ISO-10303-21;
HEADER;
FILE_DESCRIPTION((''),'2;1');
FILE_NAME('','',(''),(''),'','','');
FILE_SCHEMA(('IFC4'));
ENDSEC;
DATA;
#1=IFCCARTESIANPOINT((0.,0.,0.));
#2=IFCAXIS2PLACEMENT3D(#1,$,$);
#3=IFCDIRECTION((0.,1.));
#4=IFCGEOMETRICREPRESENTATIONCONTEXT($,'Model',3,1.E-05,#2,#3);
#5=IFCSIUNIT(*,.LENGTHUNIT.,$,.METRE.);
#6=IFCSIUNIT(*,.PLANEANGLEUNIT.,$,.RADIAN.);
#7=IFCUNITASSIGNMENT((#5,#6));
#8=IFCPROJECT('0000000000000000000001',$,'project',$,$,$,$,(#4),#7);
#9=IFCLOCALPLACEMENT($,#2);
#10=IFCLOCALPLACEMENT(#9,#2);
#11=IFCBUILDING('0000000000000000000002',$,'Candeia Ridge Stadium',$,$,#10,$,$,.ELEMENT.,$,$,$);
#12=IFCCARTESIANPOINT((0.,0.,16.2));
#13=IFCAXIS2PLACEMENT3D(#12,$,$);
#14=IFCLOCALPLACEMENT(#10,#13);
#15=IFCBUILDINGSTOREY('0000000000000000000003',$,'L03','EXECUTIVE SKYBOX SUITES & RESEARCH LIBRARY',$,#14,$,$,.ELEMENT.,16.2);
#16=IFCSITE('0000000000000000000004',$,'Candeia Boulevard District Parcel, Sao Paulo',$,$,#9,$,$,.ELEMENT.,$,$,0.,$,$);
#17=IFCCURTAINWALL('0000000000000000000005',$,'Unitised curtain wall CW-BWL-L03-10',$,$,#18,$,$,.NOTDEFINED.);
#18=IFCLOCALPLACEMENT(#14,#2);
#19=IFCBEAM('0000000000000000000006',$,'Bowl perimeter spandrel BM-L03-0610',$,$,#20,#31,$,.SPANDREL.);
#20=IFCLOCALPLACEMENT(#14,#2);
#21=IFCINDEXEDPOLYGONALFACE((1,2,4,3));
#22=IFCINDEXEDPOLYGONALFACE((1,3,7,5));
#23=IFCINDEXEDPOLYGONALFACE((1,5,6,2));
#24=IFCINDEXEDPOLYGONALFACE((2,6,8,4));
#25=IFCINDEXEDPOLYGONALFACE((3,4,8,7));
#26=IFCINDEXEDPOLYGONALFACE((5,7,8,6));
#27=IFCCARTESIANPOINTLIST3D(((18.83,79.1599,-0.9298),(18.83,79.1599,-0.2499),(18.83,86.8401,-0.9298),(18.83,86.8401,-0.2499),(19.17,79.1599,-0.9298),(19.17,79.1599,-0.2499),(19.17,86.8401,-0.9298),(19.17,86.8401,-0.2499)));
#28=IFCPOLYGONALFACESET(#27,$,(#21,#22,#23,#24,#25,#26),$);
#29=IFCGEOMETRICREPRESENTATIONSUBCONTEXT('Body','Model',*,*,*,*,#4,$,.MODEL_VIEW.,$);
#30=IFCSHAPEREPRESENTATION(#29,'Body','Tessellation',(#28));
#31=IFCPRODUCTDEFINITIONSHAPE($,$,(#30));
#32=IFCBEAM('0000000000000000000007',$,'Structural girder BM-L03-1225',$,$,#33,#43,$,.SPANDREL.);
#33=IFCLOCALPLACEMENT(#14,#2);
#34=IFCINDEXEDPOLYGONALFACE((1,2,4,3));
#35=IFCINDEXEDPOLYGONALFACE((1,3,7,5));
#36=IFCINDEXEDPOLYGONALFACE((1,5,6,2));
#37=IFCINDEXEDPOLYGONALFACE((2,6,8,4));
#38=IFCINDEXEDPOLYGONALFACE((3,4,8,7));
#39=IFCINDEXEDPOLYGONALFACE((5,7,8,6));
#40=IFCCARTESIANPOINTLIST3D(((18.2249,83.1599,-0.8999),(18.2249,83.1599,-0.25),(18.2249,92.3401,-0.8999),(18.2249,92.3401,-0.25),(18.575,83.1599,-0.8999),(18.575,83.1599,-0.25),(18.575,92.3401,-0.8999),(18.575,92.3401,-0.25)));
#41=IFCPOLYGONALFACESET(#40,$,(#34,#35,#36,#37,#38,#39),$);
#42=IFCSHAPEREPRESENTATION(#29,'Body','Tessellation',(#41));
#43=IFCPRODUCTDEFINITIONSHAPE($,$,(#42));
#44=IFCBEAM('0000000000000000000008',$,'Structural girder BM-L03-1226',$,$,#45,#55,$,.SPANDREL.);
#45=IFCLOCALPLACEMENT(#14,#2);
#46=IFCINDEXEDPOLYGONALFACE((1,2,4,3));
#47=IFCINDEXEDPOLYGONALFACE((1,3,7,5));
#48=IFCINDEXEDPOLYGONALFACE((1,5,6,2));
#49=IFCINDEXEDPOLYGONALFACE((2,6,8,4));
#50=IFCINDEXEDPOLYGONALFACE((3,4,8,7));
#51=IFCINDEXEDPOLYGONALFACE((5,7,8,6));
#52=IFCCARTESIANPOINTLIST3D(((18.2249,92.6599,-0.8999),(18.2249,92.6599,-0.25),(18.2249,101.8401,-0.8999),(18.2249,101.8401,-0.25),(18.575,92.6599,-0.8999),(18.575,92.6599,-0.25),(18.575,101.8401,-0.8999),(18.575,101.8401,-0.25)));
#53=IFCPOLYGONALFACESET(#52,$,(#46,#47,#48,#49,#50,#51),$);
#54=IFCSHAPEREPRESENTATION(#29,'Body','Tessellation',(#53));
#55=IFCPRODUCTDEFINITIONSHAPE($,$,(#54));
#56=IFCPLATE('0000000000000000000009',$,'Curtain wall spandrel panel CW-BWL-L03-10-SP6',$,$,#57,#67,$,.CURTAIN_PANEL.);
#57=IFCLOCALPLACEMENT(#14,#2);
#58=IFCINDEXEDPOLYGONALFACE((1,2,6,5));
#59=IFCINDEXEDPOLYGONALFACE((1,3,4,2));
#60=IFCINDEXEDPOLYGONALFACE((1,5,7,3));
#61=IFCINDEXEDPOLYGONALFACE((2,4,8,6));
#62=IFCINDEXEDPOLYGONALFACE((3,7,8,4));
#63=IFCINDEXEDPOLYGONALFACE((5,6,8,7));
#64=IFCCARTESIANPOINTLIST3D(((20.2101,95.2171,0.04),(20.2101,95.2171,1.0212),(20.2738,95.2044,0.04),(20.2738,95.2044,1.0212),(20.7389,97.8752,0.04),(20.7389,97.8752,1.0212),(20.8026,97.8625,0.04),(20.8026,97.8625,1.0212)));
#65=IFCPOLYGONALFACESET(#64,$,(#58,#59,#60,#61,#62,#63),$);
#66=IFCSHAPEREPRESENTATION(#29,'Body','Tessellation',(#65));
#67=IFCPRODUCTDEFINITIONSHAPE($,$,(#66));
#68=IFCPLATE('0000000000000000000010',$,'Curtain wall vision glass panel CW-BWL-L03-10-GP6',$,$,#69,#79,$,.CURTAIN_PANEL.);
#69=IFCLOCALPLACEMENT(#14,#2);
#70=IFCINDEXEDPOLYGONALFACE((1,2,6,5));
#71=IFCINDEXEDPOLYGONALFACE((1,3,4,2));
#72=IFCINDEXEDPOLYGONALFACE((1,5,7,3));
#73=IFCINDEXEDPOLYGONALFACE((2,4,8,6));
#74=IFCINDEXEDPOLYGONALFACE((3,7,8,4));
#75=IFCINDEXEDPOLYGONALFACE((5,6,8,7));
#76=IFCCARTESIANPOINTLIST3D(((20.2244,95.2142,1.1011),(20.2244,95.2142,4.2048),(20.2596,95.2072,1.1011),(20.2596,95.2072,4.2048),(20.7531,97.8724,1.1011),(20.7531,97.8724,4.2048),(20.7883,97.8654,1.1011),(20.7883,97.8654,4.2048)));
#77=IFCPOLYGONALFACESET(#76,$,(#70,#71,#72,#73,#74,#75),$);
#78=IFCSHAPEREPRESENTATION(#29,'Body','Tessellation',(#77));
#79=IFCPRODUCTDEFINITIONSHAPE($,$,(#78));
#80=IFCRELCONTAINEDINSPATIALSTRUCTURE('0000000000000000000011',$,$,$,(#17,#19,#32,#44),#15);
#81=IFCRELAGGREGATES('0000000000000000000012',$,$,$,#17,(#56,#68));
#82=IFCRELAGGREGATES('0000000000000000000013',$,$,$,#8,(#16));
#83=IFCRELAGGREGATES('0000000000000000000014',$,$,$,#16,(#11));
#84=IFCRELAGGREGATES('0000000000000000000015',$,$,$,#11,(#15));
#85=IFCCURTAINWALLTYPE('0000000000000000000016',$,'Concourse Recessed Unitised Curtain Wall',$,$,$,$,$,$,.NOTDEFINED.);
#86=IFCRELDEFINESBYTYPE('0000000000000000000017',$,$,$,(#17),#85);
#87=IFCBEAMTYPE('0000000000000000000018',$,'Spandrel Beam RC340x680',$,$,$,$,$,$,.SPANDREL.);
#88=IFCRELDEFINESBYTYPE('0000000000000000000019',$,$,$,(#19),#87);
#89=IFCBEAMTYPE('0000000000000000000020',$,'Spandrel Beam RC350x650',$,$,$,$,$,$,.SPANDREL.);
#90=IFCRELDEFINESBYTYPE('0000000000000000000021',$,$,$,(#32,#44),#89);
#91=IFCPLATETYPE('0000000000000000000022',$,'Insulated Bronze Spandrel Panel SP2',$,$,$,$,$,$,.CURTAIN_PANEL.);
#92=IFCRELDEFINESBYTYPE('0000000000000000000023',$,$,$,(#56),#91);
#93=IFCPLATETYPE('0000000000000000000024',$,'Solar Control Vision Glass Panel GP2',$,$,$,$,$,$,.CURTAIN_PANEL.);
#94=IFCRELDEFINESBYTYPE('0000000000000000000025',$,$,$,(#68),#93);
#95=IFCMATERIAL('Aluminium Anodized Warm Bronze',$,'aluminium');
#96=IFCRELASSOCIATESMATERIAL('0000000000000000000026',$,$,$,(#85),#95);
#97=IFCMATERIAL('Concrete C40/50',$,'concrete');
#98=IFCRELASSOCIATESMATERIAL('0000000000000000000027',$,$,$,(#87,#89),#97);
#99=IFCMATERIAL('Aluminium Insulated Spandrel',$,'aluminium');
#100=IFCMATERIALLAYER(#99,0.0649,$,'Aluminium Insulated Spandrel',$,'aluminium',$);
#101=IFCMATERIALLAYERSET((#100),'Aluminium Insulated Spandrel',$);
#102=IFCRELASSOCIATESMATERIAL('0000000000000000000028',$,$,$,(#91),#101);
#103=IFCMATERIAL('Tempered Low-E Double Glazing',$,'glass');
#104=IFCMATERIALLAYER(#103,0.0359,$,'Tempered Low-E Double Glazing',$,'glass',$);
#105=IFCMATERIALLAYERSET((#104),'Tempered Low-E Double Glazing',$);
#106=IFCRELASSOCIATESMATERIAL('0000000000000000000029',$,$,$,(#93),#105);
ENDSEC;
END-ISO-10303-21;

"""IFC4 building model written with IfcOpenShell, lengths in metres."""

from ifc_helpers import new_model, si_unit, direction, frame, origin, origin_2d, place, context, subcontext, project, spatial, rectangle, extrude, material, layer, layer_set, material_profile, profile_set, type_object, element, aggregate, save


model = new_model("IFC4")

# Units and contexts
model_context = context("Model", 3, precision=1e-05, world=origin(), true_north=direction((0.0, 1.0)))
body_context = subcontext(model_context, "Body", "Model", "MODEL_VIEW")
ifc_project = project(units=[si_unit("LENGTHUNIT", "METRE"), si_unit("PLANEANGLEUNIT", "RADIAN")], contexts=[model_context])

# Site, building, storey
site_placement = place(None, origin())
site = spatial("IfcSite", under=ifc_project, at=site_placement, Name="Candeia Boulevard District Parcel, Sao Paulo", CompositionType="ELEMENT", RefElevation=0.0)
building_placement = place(site_placement, origin())
building = spatial("IfcBuilding", under=site, at=building_placement, Name="Candeia Ridge Stadium", CompositionType="ELEMENT")
storey_placement = place(building_placement, frame((0.0, 0.0, 16.2)))
storey = spatial("IfcBuildingStorey", under=building, at=storey_placement, Name="L03", Description="EXECUTIVE SKYBOX SUITES & RESEARCH LIBRARY", CompositionType="ELEMENT", Elevation=16.2)

# Shared definitions
ifc_material_1 = material(Name="Concrete C40/50", Category="concrete")

# Curtain wall
ifc_material_2 = material(Name="Aluminium Anodized Warm Bronze", Category="aluminium")
curtain_wall_type = type_object("IfcCurtainWallType", Name="Concourse Recessed Unitised Curtain Wall", PredefinedType="NOTDEFINED", material=ifc_material_2)
curtain_wall_placement = place(storey_placement, origin())
curtain_wall = element("IfcCurtainWall", 1, at=curtain_wall_placement, inside=storey, type_object=curtain_wall_type, Name="Unitised curtain wall CW-BWL-L03-10", PredefinedType="NOTDEFINED")

# Beams
ifc_material_profile_1 = material_profile(ifc_material_1, rectangle(XDim=0.3401, YDim=0.6799, at=origin_2d()), Name="RC340x680", Category="concrete")
ifc_profile_set_1 = profile_set([ifc_material_profile_1], Name="Concrete C40/50")
beam_type_1 = type_object("IfcBeamType", Name="Spandrel Beam RC340x680", PredefinedType="SPANDREL", material=ifc_profile_set_1)
for number, where, z_axis, x_axis, name in (
    (2, (19.0, 86.8401, -0.5898), (0.0, -1.0, 0.0), (1.0, 0.0, 0.0), "Bowl perimeter spandrel BM-L03-0610"),
):
    element("IfcBeam", number, at=place(storey_placement, frame(where, z_axis=z_axis, x_axis=x_axis)), inside=storey, type_object=beam_type_1, Name=name, PredefinedType="SPANDREL", context=body_context, shape_type="SweptSolid", body=[
        extrude(rectangle(XDim=0.3401, YDim=0.6799, at=origin_2d()), origin(), (0.0, 0.0, 1.0), 7.6802),
    ])
ifc_material_profile_2 = material_profile(ifc_material_1, rectangle(XDim=0.3501, YDim=0.6499, at=origin_2d()), Name="RC350x650", Category="concrete")
ifc_profile_set_2 = profile_set([ifc_material_profile_2], Name="Concrete C40/50")
beam_type_2 = type_object("IfcBeamType", Name="Spandrel Beam RC350x650", PredefinedType="SPANDREL", material=ifc_profile_set_2)
for number, where, z_axis, x_axis, name in (
    (3, (18.3999, 83.1599, -0.575), (0.0, 1.0, 0.0), (-1.0, 0.0, 0.0), "Structural girder BM-L03-1225"),
    (4, (18.3999, 92.6599, -0.575), (0.0, 1.0, 0.0), (-1.0, 0.0, 0.0), "Structural girder BM-L03-1226"),
):
    element("IfcBeam", number, at=place(storey_placement, frame(where, z_axis=z_axis, x_axis=x_axis)), inside=storey, type_object=beam_type_2, Name=name, PredefinedType="SPANDREL", context=body_context, shape_type="SweptSolid", body=[
        extrude(rectangle(XDim=0.3501, YDim=0.6499, at=origin_2d()), origin(), (0.0, 0.0, 1.0), 9.1802),
    ])

# Plates
ifc_material_3 = material(Name="Aluminium Insulated Spandrel", Category="aluminium")
ifc_layer_1 = layer(ifc_material_3, 0.0649, Name="Aluminium Insulated Spandrel", Category="aluminium")
ifc_layer_set_1 = layer_set([ifc_layer_1], Name="Aluminium Insulated Spandrel")
plate_type_1 = type_object("IfcPlateType", Name="Insulated Bronze Spandrel Panel SP2", PredefinedType="CURTAIN_PANEL", material=ifc_layer_set_1)
plate_1_placement = place(storey_placement, frame((20.5063, 96.5398, 0.04), z_axis=(0.0, 0.0, 1.0), x_axis=(-0.19509, -0.980785, 0.0)))
plate_1 = element("IfcPlate", 5, at=plate_1_placement, type_object=plate_type_1, Name="Curtain wall spandrel panel CW-BWL-L03-10-SP6", PredefinedType="CURTAIN_PANEL", context=body_context, shape_type="SweptSolid", body=[
    extrude(rectangle(XDim=2.7102, YDim=0.0649, at=origin_2d()), origin(), (0.0, 0.0, 1.0), 0.9812),
])
ifc_material_4 = material(Name="Tempered Low-E Double Glazing", Category="glass")
ifc_layer_2 = layer(ifc_material_4, 0.0359, Name="Tempered Low-E Double Glazing", Category="glass")
ifc_layer_set_2 = layer_set([ifc_layer_2], Name="Tempered Low-E Double Glazing")
plate_type_2 = type_object("IfcPlateType", Name="Solar Control Vision Glass Panel GP2", PredefinedType="CURTAIN_PANEL", material=ifc_layer_set_2)
plate_2_placement = place(storey_placement, frame((20.5063, 96.5398, 1.1011), z_axis=(0.0, 0.0, 1.0), x_axis=(-0.19509, -0.980785, 0.0)))
plate_2 = element("IfcPlate", 6, at=plate_2_placement, type_object=plate_type_2, Name="Curtain wall vision glass panel CW-BWL-L03-10-GP6", PredefinedType="CURTAIN_PANEL", context=body_context, shape_type="SweptSolid", body=[
    extrude(rectangle(XDim=2.7102, YDim=0.0359, at=origin_2d()), origin(), (0.0, 0.0, 1.0), 3.1038),
])
aggregate(curtain_wall, [plate_1, plate_2])

save(model, "model.ifc")
